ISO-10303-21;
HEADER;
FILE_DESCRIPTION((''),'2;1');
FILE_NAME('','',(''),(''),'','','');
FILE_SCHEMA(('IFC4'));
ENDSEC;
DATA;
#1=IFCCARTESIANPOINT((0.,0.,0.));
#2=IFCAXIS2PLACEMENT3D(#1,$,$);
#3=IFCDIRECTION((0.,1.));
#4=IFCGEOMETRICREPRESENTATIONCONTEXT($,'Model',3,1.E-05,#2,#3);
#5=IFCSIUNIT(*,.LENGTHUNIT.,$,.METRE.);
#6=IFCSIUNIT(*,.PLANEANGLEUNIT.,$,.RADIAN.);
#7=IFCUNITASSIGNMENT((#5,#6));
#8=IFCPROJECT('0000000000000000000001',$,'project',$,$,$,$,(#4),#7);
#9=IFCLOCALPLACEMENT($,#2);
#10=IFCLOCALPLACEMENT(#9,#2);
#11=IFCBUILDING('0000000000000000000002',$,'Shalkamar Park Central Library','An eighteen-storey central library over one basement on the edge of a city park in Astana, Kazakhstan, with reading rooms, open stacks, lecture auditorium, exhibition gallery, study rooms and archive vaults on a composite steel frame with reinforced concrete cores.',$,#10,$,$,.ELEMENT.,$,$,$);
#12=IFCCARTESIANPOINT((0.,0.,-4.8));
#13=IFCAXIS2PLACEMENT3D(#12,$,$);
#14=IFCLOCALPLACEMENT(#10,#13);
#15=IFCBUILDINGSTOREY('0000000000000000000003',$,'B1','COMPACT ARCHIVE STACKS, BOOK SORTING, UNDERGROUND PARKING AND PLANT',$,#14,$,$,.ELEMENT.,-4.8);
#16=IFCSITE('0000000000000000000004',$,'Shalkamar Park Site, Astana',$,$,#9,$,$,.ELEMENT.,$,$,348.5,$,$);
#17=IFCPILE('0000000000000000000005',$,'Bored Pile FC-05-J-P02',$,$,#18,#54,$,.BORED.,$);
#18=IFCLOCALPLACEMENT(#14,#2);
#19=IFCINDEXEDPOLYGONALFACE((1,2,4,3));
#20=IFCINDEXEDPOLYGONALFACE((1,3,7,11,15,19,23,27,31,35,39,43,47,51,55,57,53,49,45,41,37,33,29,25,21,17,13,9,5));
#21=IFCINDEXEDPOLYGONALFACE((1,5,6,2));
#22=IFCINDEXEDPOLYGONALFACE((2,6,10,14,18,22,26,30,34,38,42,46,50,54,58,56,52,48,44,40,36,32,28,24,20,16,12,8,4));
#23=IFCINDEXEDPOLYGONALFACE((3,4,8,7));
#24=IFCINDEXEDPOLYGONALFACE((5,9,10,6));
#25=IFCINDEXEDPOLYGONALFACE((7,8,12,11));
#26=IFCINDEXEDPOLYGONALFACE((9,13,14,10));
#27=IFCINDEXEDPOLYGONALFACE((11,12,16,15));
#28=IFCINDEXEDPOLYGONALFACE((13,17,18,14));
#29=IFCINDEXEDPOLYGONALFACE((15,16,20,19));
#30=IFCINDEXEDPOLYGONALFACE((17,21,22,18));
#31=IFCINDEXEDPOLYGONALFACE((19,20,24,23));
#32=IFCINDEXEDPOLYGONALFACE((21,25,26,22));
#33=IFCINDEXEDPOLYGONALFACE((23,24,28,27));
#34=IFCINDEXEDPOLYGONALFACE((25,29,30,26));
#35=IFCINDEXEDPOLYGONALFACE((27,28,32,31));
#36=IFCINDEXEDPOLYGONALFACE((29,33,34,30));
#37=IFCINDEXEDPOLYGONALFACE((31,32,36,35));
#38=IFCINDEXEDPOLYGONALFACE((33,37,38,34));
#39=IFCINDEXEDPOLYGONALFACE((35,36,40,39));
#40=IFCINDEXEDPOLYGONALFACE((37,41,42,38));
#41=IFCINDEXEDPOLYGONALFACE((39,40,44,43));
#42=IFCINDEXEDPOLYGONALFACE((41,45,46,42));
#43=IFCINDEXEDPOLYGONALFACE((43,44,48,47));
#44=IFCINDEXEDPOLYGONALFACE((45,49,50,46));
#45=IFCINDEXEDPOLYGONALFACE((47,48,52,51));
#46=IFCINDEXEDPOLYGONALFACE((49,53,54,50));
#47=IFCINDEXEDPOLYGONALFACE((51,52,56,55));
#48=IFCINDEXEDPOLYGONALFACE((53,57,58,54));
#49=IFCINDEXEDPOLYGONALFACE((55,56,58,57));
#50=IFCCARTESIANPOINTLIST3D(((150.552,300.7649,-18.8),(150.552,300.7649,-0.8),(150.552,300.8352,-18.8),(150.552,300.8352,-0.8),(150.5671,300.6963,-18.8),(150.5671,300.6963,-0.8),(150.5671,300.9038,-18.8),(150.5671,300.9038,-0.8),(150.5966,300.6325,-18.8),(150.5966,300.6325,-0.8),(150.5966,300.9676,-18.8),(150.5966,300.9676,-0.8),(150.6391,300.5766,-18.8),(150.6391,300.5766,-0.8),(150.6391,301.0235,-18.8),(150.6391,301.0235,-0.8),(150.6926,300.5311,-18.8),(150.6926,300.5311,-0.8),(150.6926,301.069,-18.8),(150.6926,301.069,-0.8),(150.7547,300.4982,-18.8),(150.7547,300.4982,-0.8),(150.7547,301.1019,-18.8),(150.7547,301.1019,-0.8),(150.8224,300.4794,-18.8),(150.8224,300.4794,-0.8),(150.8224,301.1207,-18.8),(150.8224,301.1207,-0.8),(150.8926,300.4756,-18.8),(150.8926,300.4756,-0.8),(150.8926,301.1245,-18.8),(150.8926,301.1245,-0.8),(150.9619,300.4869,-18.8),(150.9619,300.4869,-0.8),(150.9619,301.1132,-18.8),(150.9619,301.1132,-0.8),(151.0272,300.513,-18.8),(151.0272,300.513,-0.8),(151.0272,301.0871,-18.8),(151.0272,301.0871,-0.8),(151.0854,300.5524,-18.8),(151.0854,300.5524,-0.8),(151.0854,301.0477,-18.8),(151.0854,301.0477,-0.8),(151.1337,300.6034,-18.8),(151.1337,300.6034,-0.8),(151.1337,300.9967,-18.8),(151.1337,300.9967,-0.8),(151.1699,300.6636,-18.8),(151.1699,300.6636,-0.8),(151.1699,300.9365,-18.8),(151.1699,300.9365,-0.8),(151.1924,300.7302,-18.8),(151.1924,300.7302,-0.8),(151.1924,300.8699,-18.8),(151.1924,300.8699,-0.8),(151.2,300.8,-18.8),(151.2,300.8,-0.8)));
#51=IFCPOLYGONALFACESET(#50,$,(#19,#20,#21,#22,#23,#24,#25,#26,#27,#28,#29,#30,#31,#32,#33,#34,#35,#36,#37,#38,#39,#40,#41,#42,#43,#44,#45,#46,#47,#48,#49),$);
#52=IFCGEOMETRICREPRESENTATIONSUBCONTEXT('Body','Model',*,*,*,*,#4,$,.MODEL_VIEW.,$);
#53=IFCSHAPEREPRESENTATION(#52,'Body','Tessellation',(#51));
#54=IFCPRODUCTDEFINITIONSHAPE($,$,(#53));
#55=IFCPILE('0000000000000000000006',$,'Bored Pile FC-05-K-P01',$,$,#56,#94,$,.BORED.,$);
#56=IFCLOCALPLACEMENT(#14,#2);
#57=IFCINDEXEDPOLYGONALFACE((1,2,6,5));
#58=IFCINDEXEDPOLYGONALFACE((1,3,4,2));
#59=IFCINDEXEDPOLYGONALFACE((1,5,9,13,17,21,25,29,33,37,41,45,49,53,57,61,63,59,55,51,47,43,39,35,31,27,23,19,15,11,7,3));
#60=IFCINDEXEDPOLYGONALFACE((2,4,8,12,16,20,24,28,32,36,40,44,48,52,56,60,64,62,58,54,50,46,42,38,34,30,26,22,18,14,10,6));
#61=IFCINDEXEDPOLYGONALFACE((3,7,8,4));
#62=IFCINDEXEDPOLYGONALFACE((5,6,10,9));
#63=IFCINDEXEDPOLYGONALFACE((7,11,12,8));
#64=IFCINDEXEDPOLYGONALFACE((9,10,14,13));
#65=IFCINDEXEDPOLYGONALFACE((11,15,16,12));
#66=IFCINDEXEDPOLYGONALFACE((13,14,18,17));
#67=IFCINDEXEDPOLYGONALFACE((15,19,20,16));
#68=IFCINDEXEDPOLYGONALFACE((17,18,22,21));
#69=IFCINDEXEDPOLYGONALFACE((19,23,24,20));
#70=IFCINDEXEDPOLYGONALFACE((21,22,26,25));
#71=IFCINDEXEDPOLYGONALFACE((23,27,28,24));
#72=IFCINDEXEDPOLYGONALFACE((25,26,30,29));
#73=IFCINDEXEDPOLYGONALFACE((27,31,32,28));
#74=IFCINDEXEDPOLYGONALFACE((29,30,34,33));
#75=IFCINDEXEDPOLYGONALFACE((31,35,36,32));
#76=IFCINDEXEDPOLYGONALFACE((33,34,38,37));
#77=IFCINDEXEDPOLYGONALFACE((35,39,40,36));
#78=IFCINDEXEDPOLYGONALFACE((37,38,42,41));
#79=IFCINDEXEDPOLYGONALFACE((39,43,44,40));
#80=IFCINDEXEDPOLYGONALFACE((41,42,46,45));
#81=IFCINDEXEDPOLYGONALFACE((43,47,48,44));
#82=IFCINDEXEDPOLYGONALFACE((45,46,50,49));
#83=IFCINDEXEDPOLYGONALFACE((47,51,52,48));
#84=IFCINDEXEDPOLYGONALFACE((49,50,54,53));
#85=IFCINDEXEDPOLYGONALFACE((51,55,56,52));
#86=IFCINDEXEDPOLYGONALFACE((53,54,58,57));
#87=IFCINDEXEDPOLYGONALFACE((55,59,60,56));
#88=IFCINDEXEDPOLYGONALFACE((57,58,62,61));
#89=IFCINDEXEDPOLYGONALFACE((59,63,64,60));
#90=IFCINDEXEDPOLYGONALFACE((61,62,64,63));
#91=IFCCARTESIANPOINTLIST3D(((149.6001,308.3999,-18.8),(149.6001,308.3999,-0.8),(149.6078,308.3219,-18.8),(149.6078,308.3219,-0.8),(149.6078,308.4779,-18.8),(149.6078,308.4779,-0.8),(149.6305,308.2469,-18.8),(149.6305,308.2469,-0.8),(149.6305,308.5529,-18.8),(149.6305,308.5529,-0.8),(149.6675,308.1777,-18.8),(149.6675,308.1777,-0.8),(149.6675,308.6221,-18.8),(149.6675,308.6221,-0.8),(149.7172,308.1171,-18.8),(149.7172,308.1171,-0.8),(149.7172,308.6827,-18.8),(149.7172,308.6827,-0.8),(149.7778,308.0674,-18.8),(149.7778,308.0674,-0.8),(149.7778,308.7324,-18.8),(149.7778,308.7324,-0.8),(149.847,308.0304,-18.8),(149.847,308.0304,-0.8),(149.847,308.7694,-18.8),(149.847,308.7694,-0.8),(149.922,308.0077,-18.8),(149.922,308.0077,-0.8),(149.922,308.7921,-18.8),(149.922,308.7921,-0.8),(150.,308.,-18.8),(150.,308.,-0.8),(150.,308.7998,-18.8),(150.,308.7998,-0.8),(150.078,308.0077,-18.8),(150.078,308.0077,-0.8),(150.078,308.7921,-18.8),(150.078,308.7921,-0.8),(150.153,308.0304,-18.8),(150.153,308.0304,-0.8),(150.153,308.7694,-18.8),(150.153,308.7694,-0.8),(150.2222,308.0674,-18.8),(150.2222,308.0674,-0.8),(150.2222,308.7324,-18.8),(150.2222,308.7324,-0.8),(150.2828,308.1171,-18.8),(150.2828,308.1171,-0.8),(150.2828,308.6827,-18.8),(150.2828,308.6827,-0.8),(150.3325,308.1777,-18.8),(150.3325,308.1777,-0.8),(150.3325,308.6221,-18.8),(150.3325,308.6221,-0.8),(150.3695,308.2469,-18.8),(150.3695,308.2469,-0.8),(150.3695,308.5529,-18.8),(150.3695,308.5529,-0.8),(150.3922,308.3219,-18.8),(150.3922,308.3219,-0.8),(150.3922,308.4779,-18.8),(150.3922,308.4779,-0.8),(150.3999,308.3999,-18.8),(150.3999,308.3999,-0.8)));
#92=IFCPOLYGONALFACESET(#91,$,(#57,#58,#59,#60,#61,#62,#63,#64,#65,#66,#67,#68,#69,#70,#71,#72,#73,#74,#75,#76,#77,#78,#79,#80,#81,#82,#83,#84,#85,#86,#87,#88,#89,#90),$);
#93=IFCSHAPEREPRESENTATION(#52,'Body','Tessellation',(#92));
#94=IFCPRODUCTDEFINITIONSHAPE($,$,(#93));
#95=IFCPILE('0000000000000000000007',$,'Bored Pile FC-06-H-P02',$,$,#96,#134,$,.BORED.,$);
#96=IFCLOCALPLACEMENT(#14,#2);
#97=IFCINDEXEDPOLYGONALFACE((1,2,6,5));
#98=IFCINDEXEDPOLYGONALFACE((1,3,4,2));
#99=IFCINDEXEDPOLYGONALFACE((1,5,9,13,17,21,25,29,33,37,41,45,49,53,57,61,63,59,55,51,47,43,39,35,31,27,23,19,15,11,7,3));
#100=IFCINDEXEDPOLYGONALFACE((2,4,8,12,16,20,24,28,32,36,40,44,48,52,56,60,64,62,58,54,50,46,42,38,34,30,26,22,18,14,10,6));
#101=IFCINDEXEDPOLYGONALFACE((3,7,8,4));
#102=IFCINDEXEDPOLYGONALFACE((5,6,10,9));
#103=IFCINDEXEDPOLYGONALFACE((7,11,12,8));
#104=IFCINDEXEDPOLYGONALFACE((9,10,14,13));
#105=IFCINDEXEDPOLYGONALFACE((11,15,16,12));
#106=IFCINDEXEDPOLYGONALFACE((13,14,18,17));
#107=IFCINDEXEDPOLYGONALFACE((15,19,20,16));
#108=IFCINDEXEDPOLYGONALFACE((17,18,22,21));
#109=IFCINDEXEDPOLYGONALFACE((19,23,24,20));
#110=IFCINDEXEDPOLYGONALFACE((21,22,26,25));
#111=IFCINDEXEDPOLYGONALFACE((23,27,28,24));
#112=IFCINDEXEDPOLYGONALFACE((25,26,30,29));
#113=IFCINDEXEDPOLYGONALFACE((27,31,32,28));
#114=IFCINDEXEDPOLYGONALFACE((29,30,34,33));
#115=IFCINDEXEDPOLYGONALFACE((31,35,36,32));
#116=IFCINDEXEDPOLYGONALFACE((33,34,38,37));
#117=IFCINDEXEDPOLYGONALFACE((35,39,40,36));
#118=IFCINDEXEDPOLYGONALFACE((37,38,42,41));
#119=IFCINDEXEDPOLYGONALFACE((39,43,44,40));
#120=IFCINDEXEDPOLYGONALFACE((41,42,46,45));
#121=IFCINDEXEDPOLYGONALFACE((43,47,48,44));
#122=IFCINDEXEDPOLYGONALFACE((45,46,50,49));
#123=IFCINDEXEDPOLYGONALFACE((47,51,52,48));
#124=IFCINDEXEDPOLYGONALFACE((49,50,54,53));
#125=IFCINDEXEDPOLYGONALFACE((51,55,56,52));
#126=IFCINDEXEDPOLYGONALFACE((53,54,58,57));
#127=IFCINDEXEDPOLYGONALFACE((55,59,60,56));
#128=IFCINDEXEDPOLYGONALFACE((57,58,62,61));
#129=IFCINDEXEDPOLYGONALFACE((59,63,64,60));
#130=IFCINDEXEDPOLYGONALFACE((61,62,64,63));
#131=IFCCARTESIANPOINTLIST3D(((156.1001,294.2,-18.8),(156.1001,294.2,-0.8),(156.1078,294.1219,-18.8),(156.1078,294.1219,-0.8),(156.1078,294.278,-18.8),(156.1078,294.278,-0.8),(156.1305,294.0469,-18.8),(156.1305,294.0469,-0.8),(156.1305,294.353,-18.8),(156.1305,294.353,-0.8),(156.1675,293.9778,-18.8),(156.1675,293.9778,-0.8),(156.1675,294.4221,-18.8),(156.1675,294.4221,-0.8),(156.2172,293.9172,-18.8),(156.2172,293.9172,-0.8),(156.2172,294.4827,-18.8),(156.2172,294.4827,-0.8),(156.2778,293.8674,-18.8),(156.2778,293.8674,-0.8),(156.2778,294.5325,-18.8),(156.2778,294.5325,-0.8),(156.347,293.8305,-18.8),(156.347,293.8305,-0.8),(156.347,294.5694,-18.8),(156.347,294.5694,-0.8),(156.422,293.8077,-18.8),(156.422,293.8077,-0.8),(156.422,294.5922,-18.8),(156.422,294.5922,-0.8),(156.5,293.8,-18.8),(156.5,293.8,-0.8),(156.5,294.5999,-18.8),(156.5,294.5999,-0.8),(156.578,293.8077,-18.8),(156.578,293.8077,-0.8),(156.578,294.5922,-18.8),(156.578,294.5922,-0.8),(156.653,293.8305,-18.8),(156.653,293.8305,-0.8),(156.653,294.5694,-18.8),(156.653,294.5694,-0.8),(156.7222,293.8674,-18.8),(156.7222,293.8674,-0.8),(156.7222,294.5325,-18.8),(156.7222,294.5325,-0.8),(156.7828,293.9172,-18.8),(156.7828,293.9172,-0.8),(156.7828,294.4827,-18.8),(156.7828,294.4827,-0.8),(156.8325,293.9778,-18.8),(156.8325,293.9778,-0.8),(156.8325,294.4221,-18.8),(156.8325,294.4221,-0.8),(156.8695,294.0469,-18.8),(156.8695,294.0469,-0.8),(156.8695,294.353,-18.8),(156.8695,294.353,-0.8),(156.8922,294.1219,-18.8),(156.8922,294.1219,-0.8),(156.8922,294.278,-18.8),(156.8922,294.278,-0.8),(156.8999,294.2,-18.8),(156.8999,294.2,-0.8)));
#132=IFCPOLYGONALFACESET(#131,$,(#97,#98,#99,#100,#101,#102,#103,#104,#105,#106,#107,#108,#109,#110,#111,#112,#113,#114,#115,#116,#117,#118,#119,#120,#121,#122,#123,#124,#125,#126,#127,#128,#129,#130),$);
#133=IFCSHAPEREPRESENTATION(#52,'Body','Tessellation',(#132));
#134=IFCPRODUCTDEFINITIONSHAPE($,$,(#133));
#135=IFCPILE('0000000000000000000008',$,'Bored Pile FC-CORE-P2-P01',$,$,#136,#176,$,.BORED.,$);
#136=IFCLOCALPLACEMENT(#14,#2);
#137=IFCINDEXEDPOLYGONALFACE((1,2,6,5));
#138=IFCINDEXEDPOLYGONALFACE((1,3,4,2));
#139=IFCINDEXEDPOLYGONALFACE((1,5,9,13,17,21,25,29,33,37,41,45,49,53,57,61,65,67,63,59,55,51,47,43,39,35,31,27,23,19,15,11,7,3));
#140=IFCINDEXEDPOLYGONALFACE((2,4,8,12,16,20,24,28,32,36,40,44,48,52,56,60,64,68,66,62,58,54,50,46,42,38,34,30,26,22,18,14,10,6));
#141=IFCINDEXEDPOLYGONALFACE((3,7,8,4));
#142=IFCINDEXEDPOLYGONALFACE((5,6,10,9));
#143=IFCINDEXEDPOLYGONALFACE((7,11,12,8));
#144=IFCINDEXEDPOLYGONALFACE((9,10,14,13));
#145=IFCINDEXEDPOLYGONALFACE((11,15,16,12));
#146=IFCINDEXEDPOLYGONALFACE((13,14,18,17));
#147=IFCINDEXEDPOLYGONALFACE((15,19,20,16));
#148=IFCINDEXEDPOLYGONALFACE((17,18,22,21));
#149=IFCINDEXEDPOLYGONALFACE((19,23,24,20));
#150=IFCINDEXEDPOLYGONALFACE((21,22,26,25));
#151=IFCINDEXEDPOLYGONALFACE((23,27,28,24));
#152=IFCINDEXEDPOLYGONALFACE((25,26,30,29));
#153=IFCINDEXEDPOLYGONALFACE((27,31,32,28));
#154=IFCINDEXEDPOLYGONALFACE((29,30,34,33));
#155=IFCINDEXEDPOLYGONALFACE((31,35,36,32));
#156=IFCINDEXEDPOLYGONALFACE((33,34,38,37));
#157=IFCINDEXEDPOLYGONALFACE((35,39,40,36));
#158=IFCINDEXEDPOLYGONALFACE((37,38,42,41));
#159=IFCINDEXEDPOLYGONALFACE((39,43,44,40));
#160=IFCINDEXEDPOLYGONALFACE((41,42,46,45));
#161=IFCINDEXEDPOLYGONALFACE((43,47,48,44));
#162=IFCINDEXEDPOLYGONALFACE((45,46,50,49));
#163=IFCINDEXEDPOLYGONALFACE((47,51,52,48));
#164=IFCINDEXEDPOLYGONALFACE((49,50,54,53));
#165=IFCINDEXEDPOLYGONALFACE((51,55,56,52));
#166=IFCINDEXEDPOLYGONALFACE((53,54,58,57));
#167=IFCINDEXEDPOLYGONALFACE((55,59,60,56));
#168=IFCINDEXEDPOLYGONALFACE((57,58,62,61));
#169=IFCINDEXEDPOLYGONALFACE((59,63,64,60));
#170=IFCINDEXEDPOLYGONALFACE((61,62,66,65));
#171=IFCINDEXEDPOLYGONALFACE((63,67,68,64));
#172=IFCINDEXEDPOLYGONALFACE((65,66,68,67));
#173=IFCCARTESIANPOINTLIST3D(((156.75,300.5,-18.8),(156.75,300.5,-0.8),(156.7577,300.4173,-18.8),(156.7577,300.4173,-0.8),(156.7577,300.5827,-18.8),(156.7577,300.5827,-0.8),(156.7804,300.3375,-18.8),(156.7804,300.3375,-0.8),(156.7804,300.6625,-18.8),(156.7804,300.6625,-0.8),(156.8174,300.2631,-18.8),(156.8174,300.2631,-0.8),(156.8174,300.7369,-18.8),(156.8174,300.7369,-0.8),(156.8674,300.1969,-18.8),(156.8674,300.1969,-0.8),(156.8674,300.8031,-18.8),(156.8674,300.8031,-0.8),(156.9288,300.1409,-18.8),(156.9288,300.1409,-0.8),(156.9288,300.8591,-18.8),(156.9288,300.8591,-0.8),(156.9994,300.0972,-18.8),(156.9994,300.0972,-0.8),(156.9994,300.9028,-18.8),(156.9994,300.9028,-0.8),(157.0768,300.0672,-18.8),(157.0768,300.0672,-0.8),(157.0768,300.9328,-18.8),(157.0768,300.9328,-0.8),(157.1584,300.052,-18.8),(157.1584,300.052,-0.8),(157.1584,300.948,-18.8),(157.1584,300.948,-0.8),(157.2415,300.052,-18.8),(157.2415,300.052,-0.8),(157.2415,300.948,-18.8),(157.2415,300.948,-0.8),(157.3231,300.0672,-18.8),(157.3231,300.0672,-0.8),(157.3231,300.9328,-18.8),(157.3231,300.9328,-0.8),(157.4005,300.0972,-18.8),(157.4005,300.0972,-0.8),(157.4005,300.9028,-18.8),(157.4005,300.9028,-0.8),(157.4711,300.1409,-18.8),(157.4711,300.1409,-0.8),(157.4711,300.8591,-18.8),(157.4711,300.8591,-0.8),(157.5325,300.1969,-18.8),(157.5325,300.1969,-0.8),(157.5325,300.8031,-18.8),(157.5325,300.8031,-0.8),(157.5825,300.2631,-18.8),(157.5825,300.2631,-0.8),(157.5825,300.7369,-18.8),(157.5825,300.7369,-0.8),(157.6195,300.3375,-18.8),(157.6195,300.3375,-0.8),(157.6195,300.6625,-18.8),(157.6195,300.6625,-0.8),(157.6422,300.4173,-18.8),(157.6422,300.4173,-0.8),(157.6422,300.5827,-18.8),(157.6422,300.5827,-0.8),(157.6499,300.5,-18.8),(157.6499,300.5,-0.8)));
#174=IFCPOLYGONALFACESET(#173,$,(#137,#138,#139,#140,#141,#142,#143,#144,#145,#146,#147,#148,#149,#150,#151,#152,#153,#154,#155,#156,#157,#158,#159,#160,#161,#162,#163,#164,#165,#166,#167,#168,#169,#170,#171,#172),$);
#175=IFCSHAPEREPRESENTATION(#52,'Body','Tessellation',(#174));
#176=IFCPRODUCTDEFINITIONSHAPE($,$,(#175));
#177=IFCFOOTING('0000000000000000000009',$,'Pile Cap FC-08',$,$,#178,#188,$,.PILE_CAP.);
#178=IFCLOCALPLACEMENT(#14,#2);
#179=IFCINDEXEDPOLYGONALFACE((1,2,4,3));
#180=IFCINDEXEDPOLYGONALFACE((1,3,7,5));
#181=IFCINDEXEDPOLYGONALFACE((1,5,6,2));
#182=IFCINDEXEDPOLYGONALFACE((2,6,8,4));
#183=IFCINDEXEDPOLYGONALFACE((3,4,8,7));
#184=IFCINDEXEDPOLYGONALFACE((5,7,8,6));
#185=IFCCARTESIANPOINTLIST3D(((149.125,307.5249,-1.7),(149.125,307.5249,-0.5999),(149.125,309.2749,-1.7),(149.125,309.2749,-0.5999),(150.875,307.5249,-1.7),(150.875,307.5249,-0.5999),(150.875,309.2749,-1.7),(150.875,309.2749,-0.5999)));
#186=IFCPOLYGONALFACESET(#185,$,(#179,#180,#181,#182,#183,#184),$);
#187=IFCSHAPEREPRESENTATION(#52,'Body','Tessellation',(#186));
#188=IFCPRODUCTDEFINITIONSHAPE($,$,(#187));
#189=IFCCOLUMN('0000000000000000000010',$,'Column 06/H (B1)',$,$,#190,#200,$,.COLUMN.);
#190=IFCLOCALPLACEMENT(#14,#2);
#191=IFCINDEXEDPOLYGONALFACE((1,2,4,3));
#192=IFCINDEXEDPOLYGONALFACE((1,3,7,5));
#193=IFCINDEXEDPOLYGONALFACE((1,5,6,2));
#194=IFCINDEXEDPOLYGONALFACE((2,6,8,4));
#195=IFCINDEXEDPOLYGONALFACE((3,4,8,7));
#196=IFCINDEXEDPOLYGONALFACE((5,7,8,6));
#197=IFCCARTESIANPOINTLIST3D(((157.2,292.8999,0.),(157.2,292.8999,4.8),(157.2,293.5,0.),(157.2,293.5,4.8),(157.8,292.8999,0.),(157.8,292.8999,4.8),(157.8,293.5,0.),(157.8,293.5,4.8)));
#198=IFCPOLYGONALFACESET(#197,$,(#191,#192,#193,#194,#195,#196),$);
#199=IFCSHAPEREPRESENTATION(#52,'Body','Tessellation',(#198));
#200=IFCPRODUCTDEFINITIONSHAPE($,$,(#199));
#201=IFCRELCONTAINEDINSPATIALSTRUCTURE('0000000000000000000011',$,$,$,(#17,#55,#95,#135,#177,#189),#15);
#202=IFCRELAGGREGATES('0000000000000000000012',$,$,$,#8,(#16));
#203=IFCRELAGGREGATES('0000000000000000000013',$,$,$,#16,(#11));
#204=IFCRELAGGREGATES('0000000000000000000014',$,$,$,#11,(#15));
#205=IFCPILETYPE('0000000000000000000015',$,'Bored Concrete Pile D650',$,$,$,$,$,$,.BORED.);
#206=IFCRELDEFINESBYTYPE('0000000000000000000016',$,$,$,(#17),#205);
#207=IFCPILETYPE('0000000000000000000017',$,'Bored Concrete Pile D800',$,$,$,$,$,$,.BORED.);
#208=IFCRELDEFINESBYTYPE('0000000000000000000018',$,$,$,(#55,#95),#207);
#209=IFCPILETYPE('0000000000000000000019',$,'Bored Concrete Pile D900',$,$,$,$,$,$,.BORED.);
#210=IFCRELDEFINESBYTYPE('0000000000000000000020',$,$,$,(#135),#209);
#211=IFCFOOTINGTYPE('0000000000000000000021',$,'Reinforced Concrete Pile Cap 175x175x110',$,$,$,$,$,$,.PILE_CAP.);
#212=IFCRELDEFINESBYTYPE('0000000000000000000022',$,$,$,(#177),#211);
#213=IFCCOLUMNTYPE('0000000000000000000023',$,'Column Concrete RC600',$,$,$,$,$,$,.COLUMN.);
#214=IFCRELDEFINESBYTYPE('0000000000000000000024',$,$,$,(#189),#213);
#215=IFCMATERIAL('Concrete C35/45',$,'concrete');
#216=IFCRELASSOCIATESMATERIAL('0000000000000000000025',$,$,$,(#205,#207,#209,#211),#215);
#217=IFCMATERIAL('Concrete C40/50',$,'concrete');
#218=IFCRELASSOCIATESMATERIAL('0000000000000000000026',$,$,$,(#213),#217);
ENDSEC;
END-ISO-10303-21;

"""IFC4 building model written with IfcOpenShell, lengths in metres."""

from ifc_helpers import new_model, si_unit, direction, frame, origin, origin_2d, place, context, subcontext, project, spatial, rectangle, circle, extrude, material, material_profile, profile_set, type_object, element, save


model = new_model("IFC4")

# Units and contexts
model_context = context("Model", 3, precision=1e-05, world=origin(), true_north=direction((0.0, 1.0)))
body_context = subcontext(model_context, "Body", "Model", "MODEL_VIEW")
ifc_project = project(units=[si_unit("LENGTHUNIT", "METRE"), si_unit("PLANEANGLEUNIT", "RADIAN")], contexts=[model_context])

# Site, building, storey
site_placement = place(None, origin())
site = spatial("IfcSite", under=ifc_project, at=site_placement, Name="Shalkamar Park Site, Astana", CompositionType="ELEMENT", RefElevation=348.5)
building_placement = place(site_placement, origin())
building = spatial("IfcBuilding", under=site, at=building_placement, Name="Shalkamar Park Central Library", Description="An eighteen-storey central library over one basement on the edge of a city park in Astana, Kazakhstan, with reading rooms, open stacks, lecture auditorium, exhibition gallery, study rooms and archive vaults on a composite steel frame with reinforced concrete cores.", CompositionType="ELEMENT")
storey_placement = place(building_placement, frame((0.0, 0.0, -4.8)))
storey = spatial("IfcBuildingStorey", under=building, at=storey_placement, Name="B1", Description="COMPACT ARCHIVE STACKS, BOOK SORTING, UNDERGROUND PARKING AND PLANT", CompositionType="ELEMENT", Elevation=-4.8)

# Piles
ifc_material_1 = material(Name="Concrete C35/45", Category="concrete")
ifc_material_profile_1 = material_profile(ifc_material_1, circle(Radius=0.325, at=origin_2d()), Name="PILE D650")
ifc_profile_set_1 = profile_set([ifc_material_profile_1], Name="Concrete C35/45")
pile_type_1 = type_object("IfcPileType", Name="Bored Concrete Pile D650", PredefinedType="BORED", material=ifc_profile_set_1)
pile_1_placement = place(storey_placement, frame((150.875, 300.8, -0.8), z_axis=(0.0, 0.0, -1.0), x_axis=(1.0, 0.0, 0.0)))
element("IfcPile", 1, at=pile_1_placement, inside=storey, type_object=pile_type_1, Name="Bored Pile FC-05-J-P02", PredefinedType="BORED", context=body_context, shape_type="SweptSolid", body=[
    extrude(circle(Radius=0.325, at=origin_2d()), origin(), (0.0, 0.0, 1.0), 18.0),
])
ifc_material_profile_2 = material_profile(ifc_material_1, circle(Radius=0.3999, at=origin_2d()), Name="PILE D800")
ifc_profile_set_2 = profile_set([ifc_material_profile_2], Name="Concrete C35/45")
pile_type_2 = type_object("IfcPileType", Name="Bored Concrete Pile D800", PredefinedType="BORED", material=ifc_profile_set_2)
for number, where, z_axis, x_axis, name in (
    (2, (150.0, 308.3999, -0.8), (0.0, 0.0, -1.0), (1.0, 0.0, 0.0), "Bored Pile FC-05-K-P01"),
    (3, (156.5, 294.2, -0.8), (0.0, 0.0, -1.0), (1.0, 0.0, 0.0), "Bored Pile FC-06-H-P02"),
):
    element("IfcPile", number, at=place(storey_placement, frame(where, z_axis=z_axis, x_axis=x_axis)), inside=storey, type_object=pile_type_2, Name=name, PredefinedType="BORED", context=body_context, shape_type="SweptSolid", body=[
        extrude(circle(Radius=0.3999, at=origin_2d()), origin(), (0.0, 0.0, 1.0), 18.0),
    ])
ifc_material_profile_3 = material_profile(ifc_material_1, circle(Radius=0.45, at=origin_2d()), Name="PILE D900")
ifc_profile_set_3 = profile_set([ifc_material_profile_3], Name="Concrete C35/45")
pile_type_3 = type_object("IfcPileType", Name="Bored Concrete Pile D900", PredefinedType="BORED", material=ifc_profile_set_3)
pile_2_placement = place(storey_placement, frame((157.2, 300.5, -0.8), z_axis=(0.0, 0.0, -1.0), x_axis=(1.0, 0.0, 0.0)))
element("IfcPile", 4, at=pile_2_placement, inside=storey, type_object=pile_type_3, Name="Bored Pile FC-CORE-P2-P01", PredefinedType="BORED", context=body_context, shape_type="SweptSolid", body=[
    extrude(circle(Radius=0.45, at=origin_2d()), origin(), (0.0, 0.0, 1.0), 18.0),
])

# Footing
footing_type = type_object("IfcFootingType", Name="Reinforced Concrete Pile Cap 175x175x110", PredefinedType="PILE_CAP", material=ifc_material_1)
footing_placement = place(storey_placement, frame((150.0, 308.3999, -1.7), z_axis=(0.0, 0.0, 1.0), x_axis=(1.0, 0.0, 0.0)))
element("IfcFooting", 5, at=footing_placement, inside=storey, type_object=footing_type, Name="Pile Cap FC-08", PredefinedType="PILE_CAP", context=body_context, shape_type="SweptSolid", body=[
    extrude(rectangle(XDim=1.75, YDim=1.75, at=origin_2d()), origin(), (0.0, 0.0, 1.0), 1.1001),
])

# Column
ifc_material_2 = material(Name="Concrete C40/50", Category="concrete")
ifc_material_profile_4 = material_profile(ifc_material_2, rectangle(XDim=0.6001, YDim=0.6001, at=origin_2d()), Name="RC 600x600")
ifc_profile_set_4 = profile_set([ifc_material_profile_4], Name="Concrete C40/50")
column_type_1 = type_object("IfcColumnType", Name="Column Concrete RC600", PredefinedType="COLUMN", material=ifc_profile_set_4)
column_placement = place(storey_placement, frame((157.5, 293.2, 0.0), z_axis=(0.0, 0.0, 1.0), x_axis=(1.0, 0.0, 0.0)))
element("IfcColumn", 6, at=column_placement, inside=storey, type_object=column_type_1, Name="Column 06/H (B1)", PredefinedType="COLUMN", context=body_context, shape_type="SweptSolid", body=[
    extrude(rectangle(XDim=0.6001, YDim=0.6001, at=origin_2d()), origin(), (0.0, 0.0, 1.0), 4.8),
])

save(model, "model.ifc")
